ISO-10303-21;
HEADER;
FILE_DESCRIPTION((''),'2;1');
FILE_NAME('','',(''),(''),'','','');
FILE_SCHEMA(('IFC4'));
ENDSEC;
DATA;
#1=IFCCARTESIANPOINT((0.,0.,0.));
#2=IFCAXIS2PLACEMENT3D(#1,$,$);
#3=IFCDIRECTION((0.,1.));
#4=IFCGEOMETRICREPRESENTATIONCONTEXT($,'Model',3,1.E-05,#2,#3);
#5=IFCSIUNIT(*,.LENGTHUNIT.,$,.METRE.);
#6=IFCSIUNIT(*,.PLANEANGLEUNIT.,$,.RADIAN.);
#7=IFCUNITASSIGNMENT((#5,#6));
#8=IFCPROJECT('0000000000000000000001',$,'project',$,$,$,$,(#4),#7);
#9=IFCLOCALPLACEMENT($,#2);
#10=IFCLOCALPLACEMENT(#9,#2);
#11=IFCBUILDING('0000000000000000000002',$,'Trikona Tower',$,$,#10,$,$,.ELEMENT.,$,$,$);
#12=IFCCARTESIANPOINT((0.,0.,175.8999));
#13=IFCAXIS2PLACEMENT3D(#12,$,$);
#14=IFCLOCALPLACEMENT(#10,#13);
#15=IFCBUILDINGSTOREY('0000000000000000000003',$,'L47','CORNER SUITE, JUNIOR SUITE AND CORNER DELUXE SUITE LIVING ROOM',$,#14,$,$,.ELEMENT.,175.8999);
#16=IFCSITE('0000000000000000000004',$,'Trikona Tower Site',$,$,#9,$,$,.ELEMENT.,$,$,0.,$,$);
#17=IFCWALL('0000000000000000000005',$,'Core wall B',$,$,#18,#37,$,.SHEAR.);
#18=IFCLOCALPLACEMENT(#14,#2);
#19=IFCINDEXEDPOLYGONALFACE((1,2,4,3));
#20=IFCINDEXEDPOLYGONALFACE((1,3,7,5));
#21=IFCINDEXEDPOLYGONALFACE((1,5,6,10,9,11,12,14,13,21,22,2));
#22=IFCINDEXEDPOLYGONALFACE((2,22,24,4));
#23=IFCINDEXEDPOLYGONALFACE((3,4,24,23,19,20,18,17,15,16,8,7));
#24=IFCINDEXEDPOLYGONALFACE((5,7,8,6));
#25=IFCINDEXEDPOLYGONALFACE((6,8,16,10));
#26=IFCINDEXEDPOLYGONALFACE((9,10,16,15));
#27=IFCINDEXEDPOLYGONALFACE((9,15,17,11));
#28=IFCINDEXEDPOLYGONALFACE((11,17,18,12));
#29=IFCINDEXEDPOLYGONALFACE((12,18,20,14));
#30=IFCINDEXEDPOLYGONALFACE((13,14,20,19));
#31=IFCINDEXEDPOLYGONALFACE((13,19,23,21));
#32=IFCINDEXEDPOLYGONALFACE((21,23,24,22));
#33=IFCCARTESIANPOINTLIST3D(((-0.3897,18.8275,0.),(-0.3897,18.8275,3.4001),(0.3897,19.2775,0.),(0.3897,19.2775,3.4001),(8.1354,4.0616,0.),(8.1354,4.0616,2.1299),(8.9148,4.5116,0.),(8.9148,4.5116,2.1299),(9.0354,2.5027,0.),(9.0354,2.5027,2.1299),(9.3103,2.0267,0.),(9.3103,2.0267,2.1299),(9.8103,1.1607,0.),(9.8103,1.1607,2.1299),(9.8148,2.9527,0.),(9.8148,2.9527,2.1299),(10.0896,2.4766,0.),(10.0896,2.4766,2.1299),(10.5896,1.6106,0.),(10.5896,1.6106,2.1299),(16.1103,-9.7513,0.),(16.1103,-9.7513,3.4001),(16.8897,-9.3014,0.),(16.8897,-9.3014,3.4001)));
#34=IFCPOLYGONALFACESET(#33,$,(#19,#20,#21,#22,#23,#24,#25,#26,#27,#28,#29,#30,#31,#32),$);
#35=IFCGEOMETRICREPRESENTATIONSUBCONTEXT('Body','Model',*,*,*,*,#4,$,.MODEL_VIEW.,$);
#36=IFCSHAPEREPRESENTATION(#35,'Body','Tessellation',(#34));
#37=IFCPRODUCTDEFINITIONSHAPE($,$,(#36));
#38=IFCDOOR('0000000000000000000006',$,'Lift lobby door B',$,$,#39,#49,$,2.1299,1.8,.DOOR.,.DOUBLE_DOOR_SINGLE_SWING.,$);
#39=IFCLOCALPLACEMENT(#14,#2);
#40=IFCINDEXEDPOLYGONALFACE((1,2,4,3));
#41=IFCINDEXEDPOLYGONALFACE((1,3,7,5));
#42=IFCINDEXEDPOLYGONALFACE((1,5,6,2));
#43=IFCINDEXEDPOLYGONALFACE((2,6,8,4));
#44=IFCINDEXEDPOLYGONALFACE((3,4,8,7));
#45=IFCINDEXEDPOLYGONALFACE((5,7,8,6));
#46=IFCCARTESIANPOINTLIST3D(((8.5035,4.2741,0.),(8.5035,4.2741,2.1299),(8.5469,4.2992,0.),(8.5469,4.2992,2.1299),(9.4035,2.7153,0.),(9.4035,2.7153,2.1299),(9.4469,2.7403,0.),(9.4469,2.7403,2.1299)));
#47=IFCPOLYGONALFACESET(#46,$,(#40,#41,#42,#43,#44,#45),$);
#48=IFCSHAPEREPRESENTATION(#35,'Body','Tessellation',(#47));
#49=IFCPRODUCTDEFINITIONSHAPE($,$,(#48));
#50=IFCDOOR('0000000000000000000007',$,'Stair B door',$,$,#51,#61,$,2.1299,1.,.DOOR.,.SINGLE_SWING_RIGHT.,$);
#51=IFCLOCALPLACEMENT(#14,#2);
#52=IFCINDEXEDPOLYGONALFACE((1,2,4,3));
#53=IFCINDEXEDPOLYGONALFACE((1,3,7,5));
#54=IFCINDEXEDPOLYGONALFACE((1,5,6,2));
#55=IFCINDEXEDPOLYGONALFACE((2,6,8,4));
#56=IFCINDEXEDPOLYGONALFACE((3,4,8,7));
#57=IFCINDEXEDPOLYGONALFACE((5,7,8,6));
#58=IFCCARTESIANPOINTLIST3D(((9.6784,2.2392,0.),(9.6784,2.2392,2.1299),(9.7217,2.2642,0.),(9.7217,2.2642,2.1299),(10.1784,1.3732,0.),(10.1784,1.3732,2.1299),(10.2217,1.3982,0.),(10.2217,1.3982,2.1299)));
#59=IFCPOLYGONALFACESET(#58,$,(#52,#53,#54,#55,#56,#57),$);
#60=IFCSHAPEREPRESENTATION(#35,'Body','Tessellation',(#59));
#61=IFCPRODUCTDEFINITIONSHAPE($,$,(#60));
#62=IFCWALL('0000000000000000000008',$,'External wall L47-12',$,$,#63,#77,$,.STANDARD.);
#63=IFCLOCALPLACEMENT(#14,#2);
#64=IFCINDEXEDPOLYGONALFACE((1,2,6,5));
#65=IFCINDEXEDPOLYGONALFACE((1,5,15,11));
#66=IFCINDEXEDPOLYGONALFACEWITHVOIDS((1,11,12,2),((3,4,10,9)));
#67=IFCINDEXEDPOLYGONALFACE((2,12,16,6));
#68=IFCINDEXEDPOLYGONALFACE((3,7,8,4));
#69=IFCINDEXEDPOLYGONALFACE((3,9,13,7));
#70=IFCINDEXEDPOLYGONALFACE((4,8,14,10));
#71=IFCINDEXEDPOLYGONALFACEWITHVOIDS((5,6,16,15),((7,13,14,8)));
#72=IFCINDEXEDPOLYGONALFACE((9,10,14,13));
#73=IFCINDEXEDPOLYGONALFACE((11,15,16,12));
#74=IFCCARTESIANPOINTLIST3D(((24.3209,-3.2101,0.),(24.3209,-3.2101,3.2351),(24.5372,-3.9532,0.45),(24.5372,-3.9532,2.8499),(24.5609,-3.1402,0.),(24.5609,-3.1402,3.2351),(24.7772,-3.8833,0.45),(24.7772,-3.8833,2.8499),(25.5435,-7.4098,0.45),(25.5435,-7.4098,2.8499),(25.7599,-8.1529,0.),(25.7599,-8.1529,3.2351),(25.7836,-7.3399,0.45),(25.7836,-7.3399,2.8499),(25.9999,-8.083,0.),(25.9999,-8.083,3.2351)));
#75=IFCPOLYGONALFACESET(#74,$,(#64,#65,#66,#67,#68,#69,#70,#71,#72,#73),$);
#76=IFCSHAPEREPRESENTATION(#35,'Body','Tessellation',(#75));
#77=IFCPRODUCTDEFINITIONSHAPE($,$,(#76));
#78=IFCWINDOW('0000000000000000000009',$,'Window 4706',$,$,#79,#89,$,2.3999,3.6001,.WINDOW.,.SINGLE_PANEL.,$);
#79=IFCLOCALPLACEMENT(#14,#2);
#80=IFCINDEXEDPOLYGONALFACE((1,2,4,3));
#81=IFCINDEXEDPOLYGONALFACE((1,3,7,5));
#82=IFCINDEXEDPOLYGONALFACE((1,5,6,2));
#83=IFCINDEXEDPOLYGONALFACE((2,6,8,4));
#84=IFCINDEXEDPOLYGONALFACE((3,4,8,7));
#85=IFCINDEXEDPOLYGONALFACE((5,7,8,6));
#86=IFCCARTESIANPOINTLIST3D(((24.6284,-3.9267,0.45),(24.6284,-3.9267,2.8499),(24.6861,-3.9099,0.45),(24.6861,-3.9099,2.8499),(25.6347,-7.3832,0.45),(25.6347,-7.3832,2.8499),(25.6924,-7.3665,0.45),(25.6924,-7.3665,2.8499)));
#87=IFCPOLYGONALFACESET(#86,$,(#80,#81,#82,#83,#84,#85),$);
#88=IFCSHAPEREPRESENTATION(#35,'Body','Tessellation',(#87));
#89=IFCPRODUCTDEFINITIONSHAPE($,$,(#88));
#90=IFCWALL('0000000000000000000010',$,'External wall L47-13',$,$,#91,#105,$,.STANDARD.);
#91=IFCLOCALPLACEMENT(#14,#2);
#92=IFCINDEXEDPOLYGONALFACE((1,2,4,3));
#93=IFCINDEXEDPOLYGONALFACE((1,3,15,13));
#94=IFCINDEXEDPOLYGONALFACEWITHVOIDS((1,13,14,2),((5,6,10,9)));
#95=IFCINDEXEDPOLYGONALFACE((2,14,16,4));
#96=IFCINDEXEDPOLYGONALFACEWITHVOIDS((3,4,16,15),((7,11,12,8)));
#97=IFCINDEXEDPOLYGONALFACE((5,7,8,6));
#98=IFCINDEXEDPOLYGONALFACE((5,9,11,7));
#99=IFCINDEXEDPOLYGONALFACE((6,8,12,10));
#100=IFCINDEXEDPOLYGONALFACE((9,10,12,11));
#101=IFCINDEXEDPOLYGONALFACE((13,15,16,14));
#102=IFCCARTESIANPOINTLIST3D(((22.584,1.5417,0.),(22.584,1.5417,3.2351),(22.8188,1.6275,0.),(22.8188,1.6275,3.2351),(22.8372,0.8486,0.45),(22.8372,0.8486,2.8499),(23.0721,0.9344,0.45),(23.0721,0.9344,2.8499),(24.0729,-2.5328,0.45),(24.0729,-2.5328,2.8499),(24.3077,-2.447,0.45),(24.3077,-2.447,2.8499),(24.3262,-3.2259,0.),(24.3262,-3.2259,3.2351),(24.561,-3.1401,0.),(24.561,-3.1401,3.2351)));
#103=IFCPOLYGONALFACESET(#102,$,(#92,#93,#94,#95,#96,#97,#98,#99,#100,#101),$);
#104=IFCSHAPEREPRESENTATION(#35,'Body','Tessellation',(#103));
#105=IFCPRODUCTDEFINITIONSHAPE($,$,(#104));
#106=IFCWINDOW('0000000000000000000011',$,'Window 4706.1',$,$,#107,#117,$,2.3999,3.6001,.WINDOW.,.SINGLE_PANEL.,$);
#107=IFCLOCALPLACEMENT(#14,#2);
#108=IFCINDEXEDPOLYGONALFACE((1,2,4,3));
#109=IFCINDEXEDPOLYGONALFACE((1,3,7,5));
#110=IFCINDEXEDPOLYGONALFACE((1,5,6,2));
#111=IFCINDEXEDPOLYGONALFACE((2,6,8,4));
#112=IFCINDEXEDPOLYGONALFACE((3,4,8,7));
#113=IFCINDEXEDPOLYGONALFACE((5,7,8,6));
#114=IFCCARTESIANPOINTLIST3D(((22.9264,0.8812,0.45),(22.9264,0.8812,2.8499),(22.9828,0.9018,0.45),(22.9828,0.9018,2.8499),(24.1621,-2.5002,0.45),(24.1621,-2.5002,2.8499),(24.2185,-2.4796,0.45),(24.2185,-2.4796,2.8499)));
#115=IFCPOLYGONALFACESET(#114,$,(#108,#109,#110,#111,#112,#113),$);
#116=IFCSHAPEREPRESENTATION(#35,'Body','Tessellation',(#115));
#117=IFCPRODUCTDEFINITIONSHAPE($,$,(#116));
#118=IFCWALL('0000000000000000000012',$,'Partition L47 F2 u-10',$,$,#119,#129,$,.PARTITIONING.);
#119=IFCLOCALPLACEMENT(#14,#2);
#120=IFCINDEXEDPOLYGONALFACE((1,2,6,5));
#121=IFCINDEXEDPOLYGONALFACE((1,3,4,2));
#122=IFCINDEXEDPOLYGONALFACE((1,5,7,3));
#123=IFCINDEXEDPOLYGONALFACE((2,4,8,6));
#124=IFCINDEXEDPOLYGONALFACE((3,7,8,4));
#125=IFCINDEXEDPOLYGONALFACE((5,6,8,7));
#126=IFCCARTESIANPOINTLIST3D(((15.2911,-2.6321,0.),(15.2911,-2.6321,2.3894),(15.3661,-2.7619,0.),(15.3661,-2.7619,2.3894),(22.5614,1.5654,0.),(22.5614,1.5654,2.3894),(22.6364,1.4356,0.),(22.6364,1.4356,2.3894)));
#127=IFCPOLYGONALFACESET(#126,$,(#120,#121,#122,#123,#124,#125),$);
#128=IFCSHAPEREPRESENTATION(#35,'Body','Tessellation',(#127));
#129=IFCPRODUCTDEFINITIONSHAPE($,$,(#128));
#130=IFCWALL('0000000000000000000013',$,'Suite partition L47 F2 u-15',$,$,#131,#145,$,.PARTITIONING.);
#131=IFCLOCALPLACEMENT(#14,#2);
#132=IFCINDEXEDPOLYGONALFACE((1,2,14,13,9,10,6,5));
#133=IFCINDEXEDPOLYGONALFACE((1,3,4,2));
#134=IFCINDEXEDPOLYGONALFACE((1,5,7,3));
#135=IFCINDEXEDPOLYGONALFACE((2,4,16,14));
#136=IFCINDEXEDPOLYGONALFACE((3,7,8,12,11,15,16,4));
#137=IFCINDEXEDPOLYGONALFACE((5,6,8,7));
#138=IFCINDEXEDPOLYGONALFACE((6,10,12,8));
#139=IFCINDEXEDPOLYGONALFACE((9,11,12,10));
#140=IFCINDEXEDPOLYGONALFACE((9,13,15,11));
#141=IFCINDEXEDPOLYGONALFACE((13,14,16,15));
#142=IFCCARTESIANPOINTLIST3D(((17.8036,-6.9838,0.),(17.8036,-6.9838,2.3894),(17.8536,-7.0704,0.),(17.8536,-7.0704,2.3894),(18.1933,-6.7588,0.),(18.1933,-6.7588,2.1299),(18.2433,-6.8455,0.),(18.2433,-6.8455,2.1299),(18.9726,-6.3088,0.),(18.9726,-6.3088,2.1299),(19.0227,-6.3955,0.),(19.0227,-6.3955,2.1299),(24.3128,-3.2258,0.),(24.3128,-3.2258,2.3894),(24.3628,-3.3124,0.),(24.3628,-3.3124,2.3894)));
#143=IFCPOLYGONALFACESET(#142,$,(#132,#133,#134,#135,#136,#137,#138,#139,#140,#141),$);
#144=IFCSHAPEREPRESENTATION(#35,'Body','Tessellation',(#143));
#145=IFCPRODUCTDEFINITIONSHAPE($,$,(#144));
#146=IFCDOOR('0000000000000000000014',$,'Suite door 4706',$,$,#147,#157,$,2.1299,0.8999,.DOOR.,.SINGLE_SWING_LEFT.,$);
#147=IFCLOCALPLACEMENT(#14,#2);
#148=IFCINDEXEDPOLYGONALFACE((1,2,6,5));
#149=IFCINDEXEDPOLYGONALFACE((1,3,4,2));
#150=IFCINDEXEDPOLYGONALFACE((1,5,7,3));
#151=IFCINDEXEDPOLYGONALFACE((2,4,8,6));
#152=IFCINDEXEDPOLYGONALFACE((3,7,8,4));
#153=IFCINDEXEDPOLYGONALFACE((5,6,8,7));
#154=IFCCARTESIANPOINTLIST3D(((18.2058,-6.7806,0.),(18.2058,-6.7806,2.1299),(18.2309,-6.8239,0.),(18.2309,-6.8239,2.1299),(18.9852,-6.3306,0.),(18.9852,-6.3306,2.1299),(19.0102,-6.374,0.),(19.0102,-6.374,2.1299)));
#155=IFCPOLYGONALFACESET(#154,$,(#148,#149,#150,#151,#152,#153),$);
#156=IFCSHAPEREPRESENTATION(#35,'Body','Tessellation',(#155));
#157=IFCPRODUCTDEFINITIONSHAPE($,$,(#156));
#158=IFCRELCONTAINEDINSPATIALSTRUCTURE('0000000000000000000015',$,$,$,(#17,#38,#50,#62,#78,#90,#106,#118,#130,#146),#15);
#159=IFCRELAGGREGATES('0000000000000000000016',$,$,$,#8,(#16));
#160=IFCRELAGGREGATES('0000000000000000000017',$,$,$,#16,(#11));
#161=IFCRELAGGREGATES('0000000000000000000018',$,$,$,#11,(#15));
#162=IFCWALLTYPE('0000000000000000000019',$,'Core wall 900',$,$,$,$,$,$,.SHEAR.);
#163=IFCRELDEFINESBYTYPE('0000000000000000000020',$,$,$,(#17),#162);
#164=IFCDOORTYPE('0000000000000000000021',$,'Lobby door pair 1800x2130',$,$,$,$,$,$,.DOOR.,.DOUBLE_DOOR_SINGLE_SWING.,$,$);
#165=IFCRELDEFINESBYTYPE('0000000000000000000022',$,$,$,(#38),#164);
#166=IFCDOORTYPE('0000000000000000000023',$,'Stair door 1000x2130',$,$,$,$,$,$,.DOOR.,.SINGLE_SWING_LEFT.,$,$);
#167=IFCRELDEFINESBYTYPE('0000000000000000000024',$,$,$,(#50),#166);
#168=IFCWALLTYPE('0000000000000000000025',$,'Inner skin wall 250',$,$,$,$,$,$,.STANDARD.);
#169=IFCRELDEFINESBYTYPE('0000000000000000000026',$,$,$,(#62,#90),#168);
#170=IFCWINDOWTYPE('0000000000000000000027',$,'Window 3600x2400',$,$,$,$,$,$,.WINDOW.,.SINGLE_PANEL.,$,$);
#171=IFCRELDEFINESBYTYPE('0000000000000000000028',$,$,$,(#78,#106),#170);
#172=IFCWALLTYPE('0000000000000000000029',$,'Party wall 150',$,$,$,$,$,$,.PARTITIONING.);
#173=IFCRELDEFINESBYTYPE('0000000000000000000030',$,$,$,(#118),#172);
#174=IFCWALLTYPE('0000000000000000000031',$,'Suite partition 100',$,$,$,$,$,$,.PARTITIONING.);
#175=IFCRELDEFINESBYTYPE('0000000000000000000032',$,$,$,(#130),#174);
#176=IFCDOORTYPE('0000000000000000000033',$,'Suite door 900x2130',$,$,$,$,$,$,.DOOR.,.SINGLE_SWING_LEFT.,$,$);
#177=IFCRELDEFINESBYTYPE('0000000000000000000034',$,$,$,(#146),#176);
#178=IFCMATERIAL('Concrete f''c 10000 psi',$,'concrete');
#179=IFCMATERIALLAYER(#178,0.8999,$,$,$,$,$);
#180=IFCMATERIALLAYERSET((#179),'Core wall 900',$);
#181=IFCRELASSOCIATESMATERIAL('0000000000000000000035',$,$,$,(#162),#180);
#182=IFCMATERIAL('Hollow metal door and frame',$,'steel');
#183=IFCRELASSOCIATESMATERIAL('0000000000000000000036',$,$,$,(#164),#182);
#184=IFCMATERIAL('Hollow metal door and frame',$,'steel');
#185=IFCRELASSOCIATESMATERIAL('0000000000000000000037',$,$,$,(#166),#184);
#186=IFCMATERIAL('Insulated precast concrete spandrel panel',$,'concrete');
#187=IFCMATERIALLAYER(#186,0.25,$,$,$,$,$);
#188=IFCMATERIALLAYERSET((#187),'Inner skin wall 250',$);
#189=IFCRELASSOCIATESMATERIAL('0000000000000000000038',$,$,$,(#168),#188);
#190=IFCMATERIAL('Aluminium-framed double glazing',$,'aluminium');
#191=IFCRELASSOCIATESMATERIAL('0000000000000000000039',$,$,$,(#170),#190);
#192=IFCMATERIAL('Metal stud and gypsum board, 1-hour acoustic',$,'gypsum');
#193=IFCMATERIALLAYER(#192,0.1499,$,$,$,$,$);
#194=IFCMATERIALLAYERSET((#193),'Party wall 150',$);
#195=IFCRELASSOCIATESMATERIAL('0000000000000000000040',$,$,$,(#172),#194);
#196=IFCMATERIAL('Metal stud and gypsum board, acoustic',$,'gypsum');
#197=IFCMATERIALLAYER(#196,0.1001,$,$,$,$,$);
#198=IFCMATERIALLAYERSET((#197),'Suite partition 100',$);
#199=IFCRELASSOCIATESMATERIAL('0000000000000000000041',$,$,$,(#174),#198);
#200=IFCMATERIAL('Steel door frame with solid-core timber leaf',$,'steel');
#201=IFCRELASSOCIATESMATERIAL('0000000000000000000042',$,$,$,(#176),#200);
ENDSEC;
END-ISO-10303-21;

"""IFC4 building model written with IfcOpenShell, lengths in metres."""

from ifc_helpers import new_model, si_unit, direction, frame, frame_2d, origin, place, context, subcontext, project, spatial, rectangle, extrude, material, layer, layer_set, type_object, element, fill, save


model = new_model("IFC4")

# Units and contexts
model_context = context("Model", 3, precision=1e-05, world=origin(), true_north=direction((0.0, 1.0)))
body_context = subcontext(model_context, "Body", "Model", "MODEL_VIEW")
ifc_project = project(units=[si_unit("LENGTHUNIT", "METRE"), si_unit("PLANEANGLEUNIT", "RADIAN")], contexts=[model_context])

# Site, building, storey
site_placement = place(None, origin())
site = spatial("IfcSite", under=ifc_project, at=site_placement, Name="Trikona Tower Site", CompositionType="ELEMENT", RefElevation=0.0)
building_placement = place(site_placement, origin())
building = spatial("IfcBuilding", under=site, at=building_placement, Name="Trikona Tower", CompositionType="ELEMENT")
storey_placement = place(building_placement, frame((0.0, 0.0, 175.8999)))
storey = spatial("IfcBuildingStorey", under=building, at=storey_placement, Name="L47", Description="CORNER SUITE, JUNIOR SUITE AND CORNER DELUXE SUITE LIVING ROOM", CompositionType="ELEMENT", Elevation=175.8999)

# Wall, openings, doors
ifc_material_1 = material(Name="Concrete f'c 10000 psi", Category="concrete")
ifc_layer_1 = layer(ifc_material_1, 0.8999)
ifc_layer_set_1 = layer_set([ifc_layer_1], Name="Core wall 900")
wall_type_1 = type_object("IfcWallType", Name="Core wall 900", PredefinedType="SHEAR", material=ifc_layer_set_1)
wall_1_placement = place(storey_placement, frame((16.5, -9.5264, 0.0), z_axis=(0.0, 0.0, 1.0), x_axis=(-0.5, 0.866026, 0.0)))
wall_1 = element("IfcWall", 1, at=wall_1_placement, inside=storey, type_object=wall_type_1, Name="Core wall B", PredefinedType="SHEAR", context=body_context, shape_type="SweptSolid", body=[
    extrude(rectangle(XDim=33.0, YDim=0.8999, at=frame_2d((16.5, 0.0))), origin(), (0.0, 0.0, 1.0), 3.4001),
])
opening_1_placement = place(wall_1_placement, frame((14.1499, 0.0, 0.0)))
opening_1 = element("IfcOpeningElement", 2, at=opening_1_placement, cuts=wall_1, PredefinedType="OPENING", context=body_context, shape_type="SweptSolid", body=[
    extrude(rectangle(XDim=1.8, YDim=2.1299, at=frame_2d((0.8999, 1.0649))), frame((0.0, 0.46, 0.0), z_axis=(0.0, -1.0, 0.0), x_axis=(1.0, 0.0, 0.0)), (0.0, 0.0, 1.0), 0.9199),
])
opening_2_placement = place(wall_1_placement, frame((12.6001, 0.0, 0.0)))
opening_2 = element("IfcOpeningElement", 3, at=opening_2_placement, cuts=wall_1, PredefinedType="OPENING", context=body_context, shape_type="SweptSolid", body=[
    extrude(rectangle(XDim=1.0, YDim=2.1299, at=frame_2d((0.5, 1.0649))), frame((0.0, 0.46, 0.0), z_axis=(0.0, -1.0, 0.0), x_axis=(1.0, 0.0, 0.0)), (0.0, 0.0, 1.0), 0.9199),
])
ifc_material_2 = material(Name="Hollow metal door and frame", Category="steel")
door_type_1 = type_object("IfcDoorType", Name="Lobby door pair 1800x2130", OperationType="DOUBLE_DOOR_SINGLE_SWING", PredefinedType="DOOR", material=ifc_material_2)
door_1_placement = place(opening_1_placement, origin())
door_1 = element("IfcDoor", 4, at=door_1_placement, inside=storey, type_object=door_type_1, Name="Lift lobby door B", OperationType="DOUBLE_DOOR_SINGLE_SWING", OverallHeight=2.1299, OverallWidth=1.8, PredefinedType="DOOR", context=body_context, shape_type="SweptSolid", body=[
    extrude(rectangle(XDim=1.8, YDim=2.1299, at=frame_2d((0.8999, 1.0649))), frame((0.0, 0.0249, 0.0), z_axis=(0.0, -1.0, 0.0), x_axis=(1.0, 0.0, 0.0)), (0.0, 0.0, 1.0), 0.05),
])
fill(opening_1, door_1)
ifc_material_3 = material(Name="Hollow metal door and frame", Category="steel")
door_type_2 = type_object("IfcDoorType", Name="Stair door 1000x2130", OperationType="SINGLE_SWING_LEFT", PredefinedType="DOOR", material=ifc_material_3)
door_2_placement = place(opening_2_placement, origin())
door_2 = element("IfcDoor", 5, at=door_2_placement, inside=storey, type_object=door_type_2, Name="Stair B door", OperationType="SINGLE_SWING_RIGHT", OverallHeight=2.1299, OverallWidth=1.0, PredefinedType="DOOR", context=body_context, shape_type="SweptSolid", body=[
    extrude(rectangle(XDim=1.0, YDim=2.1299, at=frame_2d((0.5, 1.0649))), frame((0.0, 0.0249, 0.0), z_axis=(0.0, -1.0, 0.0), x_axis=(1.0, 0.0, 0.0)), (0.0, 0.0, 1.0), 0.05),
])
fill(opening_2, door_2)

# Walls, openings, windows
ifc_material_4 = material(Name="Insulated precast concrete spandrel panel", Category="concrete")
ifc_layer_2 = layer(ifc_material_4, 0.25)
ifc_layer_set_2 = layer_set([ifc_layer_2], Name="Inner skin wall 250")
wall_type_2 = type_object("IfcWallType", Name="Inner skin wall 250", PredefinedType="STANDARD", material=ifc_layer_set_2)
wall_2_placement = place(storey_placement, frame((25.8799, -8.1179, 0.0), z_axis=(0.0, 0.0, 1.0), x_axis=(-0.279528, 0.960137, 0.0)))
wall_2 = element("IfcWall", 6, at=wall_2_placement, inside=storey, type_object=wall_type_2, Name="External wall L47-12", PredefinedType="STANDARD", context=body_context, shape_type="SweptSolid", body=[
    extrude(rectangle(XDim=5.1479, YDim=0.25, at=frame_2d((2.574, 0.0))), origin(), (0.0, 0.0, 1.0), 3.2351),
])
opening_3_placement = place(wall_2_placement, frame((0.7739, 0.0, 0.45)))
opening_3 = element("IfcOpeningElement", 7, at=opening_3_placement, cuts=wall_2, PredefinedType="OPENING", context=body_context, shape_type="SweptSolid", body=[
    extrude(rectangle(XDim=3.6001, YDim=2.3999, at=frame_2d((1.8, 1.2))), frame((0.0, 0.135, 0.0), z_axis=(0.0, -1.0, 0.0), x_axis=(1.0, 0.0, 0.0)), (0.0, 0.0, 1.0), 0.27),
])
ifc_material_5 = material(Name="Aluminium-framed double glazing", Category="aluminium")
window_type = type_object("IfcWindowType", Name="Window 3600x2400", PartitioningType="SINGLE_PANEL", PredefinedType="WINDOW", material=ifc_material_5)
window_1_placement = place(opening_3_placement, origin())
window_1 = element("IfcWindow", 8, at=window_1_placement, inside=storey, type_object=window_type, Name="Window 4706", OverallHeight=2.3999, OverallWidth=3.6001, PartitioningType="SINGLE_PANEL", PredefinedType="WINDOW", context=body_context, shape_type="SweptSolid", body=[
    extrude(rectangle(XDim=3.6001, YDim=2.3999, at=frame_2d((1.8, 1.2))), frame((0.0, 0.03, 0.0), z_axis=(0.0, -1.0, 0.0), x_axis=(1.0, 0.0, 0.0)), (0.0, 0.0, 1.0), 0.0601),
])
fill(opening_3, window_1)
wall_3_placement = place(storey_placement, frame((24.4436, -3.1831, 0.0), z_axis=(0.0, 0.0, 1.0), x_axis=(-0.343226, 0.939253, 0.0)))
wall_3 = element("IfcWall", 9, at=wall_3_placement, inside=storey, type_object=wall_type_2, Name="External wall L47-13", PredefinedType="STANDARD", context=body_context, shape_type="SweptSolid", body=[
    extrude(rectangle(XDim=5.0759, YDim=0.25, at=frame_2d((2.5381, 0.0))), origin(), (0.0, 0.0, 1.0), 3.2351),
])
opening_4_placement = place(wall_3_placement, frame((0.738, 0.0, 0.45)))
opening_4 = element("IfcOpeningElement", 10, at=opening_4_placement, cuts=wall_3, PredefinedType="OPENING", context=body_context, shape_type="SweptSolid", body=[
    extrude(rectangle(XDim=3.6001, YDim=2.3999, at=frame_2d((1.8, 1.2))), frame((0.0, 0.135, 0.0), z_axis=(0.0, -1.0, 0.0), x_axis=(1.0, 0.0, 0.0)), (0.0, 0.0, 1.0), 0.27),
])
window_2_placement = place(opening_4_placement, origin())
window_2 = element("IfcWindow", 11, at=window_2_placement, inside=storey, type_object=window_type, Name="Window 4706.1", OverallHeight=2.3999, OverallWidth=3.6001, PartitioningType="SINGLE_PANEL", PredefinedType="WINDOW", context=body_context, shape_type="SweptSolid", body=[
    extrude(rectangle(XDim=3.6001, YDim=2.3999, at=frame_2d((1.8, 1.2))), frame((0.0, 0.03, 0.0), z_axis=(0.0, -1.0, 0.0), x_axis=(1.0, 0.0, 0.0)), (0.0, 0.0, 1.0), 0.0601),
])
fill(opening_4, window_2)

# Wall
ifc_material_6 = material(Name="Metal stud and gypsum board, 1-hour acoustic", Category="gypsum")
ifc_layer_3 = layer(ifc_material_6, 0.1499)
ifc_layer_set_3 = layer_set([ifc_layer_3], Name="Party wall 150")
wall_type_3 = type_object("IfcWallType", Name="Party wall 150", PredefinedType="PARTITIONING", material=ifc_layer_set_3)
wall_4_placement = place(storey_placement, frame((15.3286, -2.697, 0.0), z_axis=(0.0, 0.0, 1.0), x_axis=(0.866024, 0.500002, 0.0)))
element("IfcWall", 12, at=wall_4_placement, inside=storey, type_object=wall_type_3, Name="Partition L47 F2 u-10", PredefinedType="PARTITIONING", context=body_context, shape_type="SweptSolid", body=[
    extrude(rectangle(XDim=8.395, YDim=0.1499, at=frame_2d((4.1975, 0.0))), origin(), (0.0, 0.0, 1.0), 2.3894),
])

# Wall, opening, door
ifc_material_7 = material(Name="Metal stud and gypsum board, acoustic", Category="gypsum")
ifc_layer_4 = layer(ifc_material_7, 0.1001)
ifc_layer_set_4 = layer_set([ifc_layer_4], Name="Suite partition 100")
wall_type_4 = type_object("IfcWallType", Name="Suite partition 100", PredefinedType="PARTITIONING", material=ifc_layer_set_4)
wall_5_placement = place(storey_placement, frame((17.8286, -7.0271, 0.0), z_axis=(0.0, 0.0, 1.0), x_axis=(0.86603, 0.499992, 0.0)))
wall_5 = element("IfcWall", 13, at=wall_5_placement, inside=storey, type_object=wall_type_4, Name="Suite partition L47 F2 u-15", PredefinedType="PARTITIONING", context=body_context, shape_type="SweptSolid", body=[
    extrude(rectangle(XDim=7.5161, YDim=0.1001, at=frame_2d((3.7581, 0.0))), origin(), (0.0, 0.0, 1.0), 2.3894),
])
opening_5_placement = place(wall_5_placement, frame((0.45, 0.0, 0.0)))
opening_5 = element("IfcOpeningElement", 14, at=opening_5_placement, cuts=wall_5, PredefinedType="OPENING", context=body_context, shape_type="SweptSolid", body=[
    extrude(rectangle(XDim=0.8999, YDim=2.1299, at=frame_2d((0.45, 1.0649))), frame((0.0, 0.0601, 0.0), z_axis=(0.0, -1.0, 0.0), x_axis=(1.0, 0.0, 0.0)), (0.0, 0.0, 1.0), 0.1201),
])
ifc_material_8 = material(Name="Steel door frame with solid-core timber leaf", Category="steel")
door_type_3 = type_object("IfcDoorType", Name="Suite door 900x2130", OperationType="SINGLE_SWING_LEFT", PredefinedType="DOOR", material=ifc_material_8)
door_3_placement = place(opening_5_placement, origin())
door_3 = element("IfcDoor", 15, at=door_3_placement, inside=storey, type_object=door_type_3, Name="Suite door 4706", OperationType="SINGLE_SWING_LEFT", OverallHeight=2.1299, OverallWidth=0.8999, PredefinedType="DOOR", context=body_context, shape_type="SweptSolid", body=[
    extrude(rectangle(XDim=0.8999, YDim=2.1299, at=frame_2d((0.45, 1.0649))), frame((0.0, 0.0249, 0.0), z_axis=(0.0, -1.0, 0.0), x_axis=(1.0, 0.0, 0.0)), (0.0, 0.0, 1.0), 0.05),
])
fill(opening_5, door_3)

save(model, "model.ifc")
